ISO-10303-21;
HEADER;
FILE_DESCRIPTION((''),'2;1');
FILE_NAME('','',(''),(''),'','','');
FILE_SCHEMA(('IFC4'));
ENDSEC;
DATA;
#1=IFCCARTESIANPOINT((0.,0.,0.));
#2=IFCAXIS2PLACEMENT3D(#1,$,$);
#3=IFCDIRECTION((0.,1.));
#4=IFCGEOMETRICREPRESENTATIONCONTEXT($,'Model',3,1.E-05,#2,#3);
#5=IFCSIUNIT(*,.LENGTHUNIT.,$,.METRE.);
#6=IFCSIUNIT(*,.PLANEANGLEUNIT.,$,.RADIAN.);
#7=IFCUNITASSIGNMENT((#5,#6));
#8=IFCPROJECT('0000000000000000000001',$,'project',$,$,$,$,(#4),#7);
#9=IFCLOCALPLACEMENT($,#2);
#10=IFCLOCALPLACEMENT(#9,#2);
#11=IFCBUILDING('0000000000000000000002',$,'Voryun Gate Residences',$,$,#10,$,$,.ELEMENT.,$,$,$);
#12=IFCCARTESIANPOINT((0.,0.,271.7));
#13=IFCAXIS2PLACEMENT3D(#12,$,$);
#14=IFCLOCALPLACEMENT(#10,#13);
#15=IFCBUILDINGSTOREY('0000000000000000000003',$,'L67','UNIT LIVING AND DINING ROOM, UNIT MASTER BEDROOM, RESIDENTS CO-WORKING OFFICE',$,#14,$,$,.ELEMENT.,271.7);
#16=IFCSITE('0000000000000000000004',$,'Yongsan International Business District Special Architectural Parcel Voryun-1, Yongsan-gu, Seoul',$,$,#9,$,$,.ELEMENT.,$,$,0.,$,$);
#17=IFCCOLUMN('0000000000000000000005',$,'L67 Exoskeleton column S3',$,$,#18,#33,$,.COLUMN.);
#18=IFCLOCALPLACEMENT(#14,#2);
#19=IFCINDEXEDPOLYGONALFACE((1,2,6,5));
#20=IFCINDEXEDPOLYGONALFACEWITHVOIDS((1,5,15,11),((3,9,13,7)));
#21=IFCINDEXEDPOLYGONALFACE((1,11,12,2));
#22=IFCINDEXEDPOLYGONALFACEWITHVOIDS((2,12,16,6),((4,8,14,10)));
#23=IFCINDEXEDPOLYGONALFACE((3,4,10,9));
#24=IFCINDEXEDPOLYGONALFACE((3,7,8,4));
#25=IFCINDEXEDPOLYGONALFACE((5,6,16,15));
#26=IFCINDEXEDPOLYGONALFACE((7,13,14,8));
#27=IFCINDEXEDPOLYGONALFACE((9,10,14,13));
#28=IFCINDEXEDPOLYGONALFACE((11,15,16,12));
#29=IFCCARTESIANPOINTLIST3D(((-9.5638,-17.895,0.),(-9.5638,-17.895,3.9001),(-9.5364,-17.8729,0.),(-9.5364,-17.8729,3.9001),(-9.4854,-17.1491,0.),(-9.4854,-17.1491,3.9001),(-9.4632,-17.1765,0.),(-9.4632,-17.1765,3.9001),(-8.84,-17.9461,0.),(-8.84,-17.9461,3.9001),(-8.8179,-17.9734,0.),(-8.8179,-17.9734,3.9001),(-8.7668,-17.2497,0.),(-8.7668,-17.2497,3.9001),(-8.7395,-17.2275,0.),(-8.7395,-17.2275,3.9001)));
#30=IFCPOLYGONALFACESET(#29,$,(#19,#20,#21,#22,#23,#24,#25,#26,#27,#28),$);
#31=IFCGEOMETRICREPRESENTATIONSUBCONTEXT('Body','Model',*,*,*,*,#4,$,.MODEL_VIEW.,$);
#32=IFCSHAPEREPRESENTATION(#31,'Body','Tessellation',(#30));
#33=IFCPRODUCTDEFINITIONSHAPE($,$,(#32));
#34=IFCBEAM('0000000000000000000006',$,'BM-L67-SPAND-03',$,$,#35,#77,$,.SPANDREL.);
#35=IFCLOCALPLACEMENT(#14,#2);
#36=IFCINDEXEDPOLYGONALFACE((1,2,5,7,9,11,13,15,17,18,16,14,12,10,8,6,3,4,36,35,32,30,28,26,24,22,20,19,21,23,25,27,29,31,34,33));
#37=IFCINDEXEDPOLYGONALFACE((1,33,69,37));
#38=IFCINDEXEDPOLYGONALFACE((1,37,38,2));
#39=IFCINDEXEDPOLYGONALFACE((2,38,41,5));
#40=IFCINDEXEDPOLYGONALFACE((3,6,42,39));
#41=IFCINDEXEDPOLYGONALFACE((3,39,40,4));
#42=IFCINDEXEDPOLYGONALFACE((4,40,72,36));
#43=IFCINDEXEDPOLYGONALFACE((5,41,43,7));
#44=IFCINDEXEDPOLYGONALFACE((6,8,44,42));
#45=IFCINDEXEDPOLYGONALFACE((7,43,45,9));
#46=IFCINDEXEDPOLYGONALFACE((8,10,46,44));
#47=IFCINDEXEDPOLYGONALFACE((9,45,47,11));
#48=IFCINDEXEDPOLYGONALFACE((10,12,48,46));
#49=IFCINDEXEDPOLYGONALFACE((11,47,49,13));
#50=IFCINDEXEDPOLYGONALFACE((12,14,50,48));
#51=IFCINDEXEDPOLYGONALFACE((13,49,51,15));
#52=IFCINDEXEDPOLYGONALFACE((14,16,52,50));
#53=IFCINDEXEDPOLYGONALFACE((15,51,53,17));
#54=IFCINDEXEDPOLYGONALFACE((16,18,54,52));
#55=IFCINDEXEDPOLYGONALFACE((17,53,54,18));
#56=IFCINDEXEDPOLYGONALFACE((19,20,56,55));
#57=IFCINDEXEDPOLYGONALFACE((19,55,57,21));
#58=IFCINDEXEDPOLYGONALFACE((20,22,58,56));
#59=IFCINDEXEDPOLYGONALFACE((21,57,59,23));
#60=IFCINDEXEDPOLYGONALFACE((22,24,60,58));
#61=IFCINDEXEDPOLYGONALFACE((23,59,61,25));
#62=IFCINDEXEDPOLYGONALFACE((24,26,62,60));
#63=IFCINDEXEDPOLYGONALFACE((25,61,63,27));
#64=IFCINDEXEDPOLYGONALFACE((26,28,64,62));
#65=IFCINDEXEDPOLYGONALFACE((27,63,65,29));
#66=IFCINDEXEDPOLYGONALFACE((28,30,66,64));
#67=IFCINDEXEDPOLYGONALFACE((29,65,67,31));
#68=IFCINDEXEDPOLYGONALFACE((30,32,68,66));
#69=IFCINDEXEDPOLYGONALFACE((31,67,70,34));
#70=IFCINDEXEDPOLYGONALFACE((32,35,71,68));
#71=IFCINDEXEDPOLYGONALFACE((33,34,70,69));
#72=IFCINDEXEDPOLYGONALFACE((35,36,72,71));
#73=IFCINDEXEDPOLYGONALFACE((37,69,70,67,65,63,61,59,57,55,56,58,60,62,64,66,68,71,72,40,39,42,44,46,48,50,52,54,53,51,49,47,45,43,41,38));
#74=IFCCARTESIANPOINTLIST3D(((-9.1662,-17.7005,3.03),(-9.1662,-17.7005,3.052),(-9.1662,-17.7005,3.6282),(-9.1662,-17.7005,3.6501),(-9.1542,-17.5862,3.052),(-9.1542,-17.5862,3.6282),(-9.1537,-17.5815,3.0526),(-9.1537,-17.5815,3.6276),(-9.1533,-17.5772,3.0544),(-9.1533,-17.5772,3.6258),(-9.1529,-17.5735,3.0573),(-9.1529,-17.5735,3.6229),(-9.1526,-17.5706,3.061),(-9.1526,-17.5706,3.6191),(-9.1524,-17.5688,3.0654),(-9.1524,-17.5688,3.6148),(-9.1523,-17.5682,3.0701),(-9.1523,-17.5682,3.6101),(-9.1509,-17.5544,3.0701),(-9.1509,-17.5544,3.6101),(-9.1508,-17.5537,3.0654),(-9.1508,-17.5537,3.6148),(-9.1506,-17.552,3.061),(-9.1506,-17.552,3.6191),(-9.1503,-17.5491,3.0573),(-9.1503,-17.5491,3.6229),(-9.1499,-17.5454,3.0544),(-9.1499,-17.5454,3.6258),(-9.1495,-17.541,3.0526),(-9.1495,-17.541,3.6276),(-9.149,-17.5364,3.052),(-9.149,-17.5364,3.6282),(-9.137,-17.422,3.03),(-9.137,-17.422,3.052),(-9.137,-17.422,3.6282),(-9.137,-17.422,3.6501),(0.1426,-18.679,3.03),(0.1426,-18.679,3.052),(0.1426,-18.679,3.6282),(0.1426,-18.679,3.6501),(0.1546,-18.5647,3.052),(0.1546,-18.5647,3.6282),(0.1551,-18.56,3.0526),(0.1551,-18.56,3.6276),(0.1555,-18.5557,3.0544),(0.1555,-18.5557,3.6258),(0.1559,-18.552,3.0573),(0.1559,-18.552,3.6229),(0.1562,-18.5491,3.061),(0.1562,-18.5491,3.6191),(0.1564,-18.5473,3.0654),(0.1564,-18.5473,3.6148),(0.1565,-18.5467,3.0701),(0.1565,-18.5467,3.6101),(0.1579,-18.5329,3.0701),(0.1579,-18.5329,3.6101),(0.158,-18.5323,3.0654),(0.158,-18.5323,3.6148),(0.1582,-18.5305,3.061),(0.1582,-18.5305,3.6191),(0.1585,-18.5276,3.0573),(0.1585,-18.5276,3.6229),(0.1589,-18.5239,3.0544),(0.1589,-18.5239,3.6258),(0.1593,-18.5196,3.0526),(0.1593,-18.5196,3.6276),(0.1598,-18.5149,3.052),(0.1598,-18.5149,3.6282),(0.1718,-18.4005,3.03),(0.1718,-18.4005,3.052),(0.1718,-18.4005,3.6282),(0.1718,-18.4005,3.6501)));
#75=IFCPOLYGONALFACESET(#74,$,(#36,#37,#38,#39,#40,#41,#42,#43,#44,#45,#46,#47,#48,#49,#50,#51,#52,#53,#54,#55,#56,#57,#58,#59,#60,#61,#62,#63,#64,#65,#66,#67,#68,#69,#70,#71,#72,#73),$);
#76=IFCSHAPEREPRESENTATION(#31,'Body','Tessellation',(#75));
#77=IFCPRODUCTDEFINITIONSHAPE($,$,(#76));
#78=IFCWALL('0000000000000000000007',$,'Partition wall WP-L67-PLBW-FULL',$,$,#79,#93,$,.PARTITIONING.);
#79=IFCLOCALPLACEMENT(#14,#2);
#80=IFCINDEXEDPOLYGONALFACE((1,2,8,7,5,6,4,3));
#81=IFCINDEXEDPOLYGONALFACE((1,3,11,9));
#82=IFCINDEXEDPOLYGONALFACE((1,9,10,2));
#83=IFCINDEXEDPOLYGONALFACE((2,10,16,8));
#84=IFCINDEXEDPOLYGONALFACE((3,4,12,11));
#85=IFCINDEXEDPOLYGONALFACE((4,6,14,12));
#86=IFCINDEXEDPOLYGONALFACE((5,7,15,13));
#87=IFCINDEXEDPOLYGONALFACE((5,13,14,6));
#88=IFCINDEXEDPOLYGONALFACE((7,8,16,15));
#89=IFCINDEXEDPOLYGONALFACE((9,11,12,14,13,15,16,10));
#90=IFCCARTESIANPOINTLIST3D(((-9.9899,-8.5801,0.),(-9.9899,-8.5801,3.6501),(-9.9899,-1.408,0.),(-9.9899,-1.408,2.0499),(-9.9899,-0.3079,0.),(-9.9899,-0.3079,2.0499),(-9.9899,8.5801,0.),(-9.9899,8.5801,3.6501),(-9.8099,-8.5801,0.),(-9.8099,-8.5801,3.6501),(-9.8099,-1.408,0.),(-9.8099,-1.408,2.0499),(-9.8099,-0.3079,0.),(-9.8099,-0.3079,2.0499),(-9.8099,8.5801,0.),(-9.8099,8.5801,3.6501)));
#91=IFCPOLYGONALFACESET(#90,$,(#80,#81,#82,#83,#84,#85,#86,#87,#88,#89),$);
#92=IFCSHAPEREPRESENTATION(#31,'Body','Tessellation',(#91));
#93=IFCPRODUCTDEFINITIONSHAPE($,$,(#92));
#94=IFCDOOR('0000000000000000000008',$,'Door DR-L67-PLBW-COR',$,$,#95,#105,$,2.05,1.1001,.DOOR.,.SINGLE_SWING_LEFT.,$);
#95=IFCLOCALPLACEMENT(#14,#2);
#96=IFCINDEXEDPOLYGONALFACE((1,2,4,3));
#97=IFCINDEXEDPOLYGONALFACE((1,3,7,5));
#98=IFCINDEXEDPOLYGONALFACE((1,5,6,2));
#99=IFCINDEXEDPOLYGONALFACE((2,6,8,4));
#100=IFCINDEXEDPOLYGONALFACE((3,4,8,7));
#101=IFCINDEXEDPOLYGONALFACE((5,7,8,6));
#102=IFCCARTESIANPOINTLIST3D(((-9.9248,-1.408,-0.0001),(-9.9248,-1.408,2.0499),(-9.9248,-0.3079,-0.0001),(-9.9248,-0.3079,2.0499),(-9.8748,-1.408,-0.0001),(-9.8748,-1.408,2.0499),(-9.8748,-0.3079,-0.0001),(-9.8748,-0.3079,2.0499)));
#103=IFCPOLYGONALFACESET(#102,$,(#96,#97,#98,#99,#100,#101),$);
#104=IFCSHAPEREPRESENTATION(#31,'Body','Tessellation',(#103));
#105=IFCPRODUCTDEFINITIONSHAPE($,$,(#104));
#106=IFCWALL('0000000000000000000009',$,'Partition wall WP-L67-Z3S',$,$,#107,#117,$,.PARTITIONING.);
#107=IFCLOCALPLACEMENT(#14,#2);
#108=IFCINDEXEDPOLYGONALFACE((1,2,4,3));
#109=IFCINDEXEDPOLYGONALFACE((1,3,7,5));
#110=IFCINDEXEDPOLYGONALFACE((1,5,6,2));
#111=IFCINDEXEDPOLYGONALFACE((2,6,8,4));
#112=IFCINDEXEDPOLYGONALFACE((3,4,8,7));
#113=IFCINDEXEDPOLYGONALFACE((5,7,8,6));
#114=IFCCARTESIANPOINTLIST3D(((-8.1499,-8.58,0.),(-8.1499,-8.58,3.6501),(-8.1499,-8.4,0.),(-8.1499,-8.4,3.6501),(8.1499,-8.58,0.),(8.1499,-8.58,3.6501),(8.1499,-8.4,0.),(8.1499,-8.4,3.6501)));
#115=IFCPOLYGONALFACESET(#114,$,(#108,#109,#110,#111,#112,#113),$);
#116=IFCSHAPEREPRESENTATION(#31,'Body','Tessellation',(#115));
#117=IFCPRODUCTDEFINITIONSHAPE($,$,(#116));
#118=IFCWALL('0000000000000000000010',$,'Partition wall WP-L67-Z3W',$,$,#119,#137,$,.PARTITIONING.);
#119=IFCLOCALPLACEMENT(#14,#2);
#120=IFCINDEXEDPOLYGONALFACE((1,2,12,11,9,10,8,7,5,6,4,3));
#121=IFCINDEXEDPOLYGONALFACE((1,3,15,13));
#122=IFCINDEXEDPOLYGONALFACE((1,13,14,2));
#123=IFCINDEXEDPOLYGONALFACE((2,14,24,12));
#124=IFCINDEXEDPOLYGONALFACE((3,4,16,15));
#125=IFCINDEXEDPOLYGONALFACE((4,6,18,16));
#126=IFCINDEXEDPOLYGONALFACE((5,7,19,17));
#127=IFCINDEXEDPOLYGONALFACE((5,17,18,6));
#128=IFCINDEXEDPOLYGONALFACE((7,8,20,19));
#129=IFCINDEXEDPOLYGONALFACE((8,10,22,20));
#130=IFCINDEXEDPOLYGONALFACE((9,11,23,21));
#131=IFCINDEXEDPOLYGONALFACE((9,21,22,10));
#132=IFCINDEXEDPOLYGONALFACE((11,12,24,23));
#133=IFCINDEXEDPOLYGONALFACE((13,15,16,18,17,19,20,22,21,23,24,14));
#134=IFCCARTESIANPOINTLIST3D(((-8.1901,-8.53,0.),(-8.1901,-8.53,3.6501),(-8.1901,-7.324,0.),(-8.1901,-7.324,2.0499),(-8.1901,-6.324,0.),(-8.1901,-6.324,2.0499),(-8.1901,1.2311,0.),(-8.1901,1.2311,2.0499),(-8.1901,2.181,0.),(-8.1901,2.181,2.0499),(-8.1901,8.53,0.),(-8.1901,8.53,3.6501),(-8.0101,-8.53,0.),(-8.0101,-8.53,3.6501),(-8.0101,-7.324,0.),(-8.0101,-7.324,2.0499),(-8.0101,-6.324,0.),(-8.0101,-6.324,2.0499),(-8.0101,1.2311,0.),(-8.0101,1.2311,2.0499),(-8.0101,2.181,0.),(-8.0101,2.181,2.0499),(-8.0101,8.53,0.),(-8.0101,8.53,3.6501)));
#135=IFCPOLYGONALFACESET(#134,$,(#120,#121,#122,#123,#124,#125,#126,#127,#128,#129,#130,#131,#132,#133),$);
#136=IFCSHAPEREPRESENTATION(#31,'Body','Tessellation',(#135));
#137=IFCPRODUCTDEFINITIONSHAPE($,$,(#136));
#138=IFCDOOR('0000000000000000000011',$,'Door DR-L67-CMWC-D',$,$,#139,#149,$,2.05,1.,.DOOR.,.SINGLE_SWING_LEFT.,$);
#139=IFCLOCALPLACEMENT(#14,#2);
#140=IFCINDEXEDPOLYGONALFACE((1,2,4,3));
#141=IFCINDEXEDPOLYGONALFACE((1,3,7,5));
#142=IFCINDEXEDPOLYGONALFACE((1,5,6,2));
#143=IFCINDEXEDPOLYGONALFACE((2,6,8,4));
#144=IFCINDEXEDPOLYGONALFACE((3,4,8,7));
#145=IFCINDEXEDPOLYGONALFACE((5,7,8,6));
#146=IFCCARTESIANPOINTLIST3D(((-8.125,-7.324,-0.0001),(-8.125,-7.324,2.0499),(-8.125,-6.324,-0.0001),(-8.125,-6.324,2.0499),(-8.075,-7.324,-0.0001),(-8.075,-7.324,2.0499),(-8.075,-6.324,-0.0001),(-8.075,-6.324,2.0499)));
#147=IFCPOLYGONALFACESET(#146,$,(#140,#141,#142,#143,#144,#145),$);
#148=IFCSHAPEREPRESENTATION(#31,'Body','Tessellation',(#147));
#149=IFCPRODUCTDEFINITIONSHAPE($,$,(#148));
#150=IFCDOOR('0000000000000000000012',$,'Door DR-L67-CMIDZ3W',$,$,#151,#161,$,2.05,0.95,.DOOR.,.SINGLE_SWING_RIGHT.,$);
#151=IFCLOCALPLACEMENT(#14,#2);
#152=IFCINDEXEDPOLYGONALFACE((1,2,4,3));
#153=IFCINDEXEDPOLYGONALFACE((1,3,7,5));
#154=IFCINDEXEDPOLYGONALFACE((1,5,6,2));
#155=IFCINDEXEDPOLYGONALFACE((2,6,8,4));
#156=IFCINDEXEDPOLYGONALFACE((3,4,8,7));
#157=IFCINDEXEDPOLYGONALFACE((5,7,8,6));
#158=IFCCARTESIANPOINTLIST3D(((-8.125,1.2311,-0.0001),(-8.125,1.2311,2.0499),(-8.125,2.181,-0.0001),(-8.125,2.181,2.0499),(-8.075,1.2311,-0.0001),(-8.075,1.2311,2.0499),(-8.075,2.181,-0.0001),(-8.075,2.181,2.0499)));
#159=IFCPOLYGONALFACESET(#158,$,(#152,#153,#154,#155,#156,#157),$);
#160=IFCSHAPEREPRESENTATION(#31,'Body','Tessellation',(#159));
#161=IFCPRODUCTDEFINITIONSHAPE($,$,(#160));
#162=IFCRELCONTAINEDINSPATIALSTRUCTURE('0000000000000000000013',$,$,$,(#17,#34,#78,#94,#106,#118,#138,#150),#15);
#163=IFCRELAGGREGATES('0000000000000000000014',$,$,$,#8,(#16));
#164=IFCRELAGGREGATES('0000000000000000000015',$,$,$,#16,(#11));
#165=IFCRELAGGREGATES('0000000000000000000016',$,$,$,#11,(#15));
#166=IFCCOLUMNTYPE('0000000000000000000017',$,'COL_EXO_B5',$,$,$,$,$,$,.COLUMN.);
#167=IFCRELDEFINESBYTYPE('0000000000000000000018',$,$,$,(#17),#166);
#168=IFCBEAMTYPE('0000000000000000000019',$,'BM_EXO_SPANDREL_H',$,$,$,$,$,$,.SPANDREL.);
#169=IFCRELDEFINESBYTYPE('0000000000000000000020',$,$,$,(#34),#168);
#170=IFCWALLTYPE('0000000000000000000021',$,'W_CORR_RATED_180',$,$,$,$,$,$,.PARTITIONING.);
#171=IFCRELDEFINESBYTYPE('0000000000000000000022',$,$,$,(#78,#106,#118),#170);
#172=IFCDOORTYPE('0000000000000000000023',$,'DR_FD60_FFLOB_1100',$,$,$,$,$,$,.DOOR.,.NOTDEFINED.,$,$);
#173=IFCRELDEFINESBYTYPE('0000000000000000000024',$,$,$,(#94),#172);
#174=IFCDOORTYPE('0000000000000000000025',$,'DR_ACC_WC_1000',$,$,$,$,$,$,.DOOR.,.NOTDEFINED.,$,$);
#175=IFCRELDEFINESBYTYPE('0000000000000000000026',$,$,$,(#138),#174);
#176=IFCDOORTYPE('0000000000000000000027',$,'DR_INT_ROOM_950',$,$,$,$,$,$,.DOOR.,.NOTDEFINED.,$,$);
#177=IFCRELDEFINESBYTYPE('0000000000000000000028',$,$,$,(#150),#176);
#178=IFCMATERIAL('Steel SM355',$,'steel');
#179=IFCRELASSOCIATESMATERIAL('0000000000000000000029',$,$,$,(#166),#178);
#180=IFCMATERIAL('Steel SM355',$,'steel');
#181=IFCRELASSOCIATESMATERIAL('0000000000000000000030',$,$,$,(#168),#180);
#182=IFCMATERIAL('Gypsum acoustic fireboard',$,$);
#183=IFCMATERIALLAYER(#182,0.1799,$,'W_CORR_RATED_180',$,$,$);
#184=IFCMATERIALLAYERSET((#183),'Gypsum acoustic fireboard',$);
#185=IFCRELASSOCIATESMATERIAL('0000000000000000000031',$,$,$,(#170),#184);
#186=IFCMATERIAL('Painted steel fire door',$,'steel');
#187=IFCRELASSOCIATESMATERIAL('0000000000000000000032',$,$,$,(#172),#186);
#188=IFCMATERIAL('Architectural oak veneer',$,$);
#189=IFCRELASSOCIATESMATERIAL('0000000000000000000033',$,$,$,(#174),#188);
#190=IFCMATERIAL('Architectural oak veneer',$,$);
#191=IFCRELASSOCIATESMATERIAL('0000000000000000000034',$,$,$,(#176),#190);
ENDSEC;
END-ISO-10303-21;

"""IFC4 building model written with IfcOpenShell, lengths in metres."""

from ifc_helpers import new_model, si_unit, direction, frame, frame_2d, origin, origin_2d, place, context, subcontext, project, spatial, rectangle, hollow_rectangle, i_section, extrude, material, layer, layer_set, material_profile, profile_set, type_object, element, fill, save


model = new_model("IFC4")

# Units and contexts
model_context = context("Model", 3, precision=1e-05, world=origin(), true_north=direction((0.0, 1.0)))
body_context = subcontext(model_context, "Body", "Model", "MODEL_VIEW")
ifc_project = project(units=[si_unit("LENGTHUNIT", "METRE"), si_unit("PLANEANGLEUNIT", "RADIAN")], contexts=[model_context])

# Site, building, storey
site_placement = place(None, origin())
site = spatial("IfcSite", under=ifc_project, at=site_placement, Name="Yongsan International Business District Special Architectural Parcel Voryun-1, Yongsan-gu, Seoul", CompositionType="ELEMENT", RefElevation=0.0)
building_placement = place(site_placement, origin())
building = spatial("IfcBuilding", under=site, at=building_placement, Name="Voryun Gate Residences", CompositionType="ELEMENT")
storey_placement = place(building_placement, frame((0.0, 0.0, 271.7)))
storey = spatial("IfcBuildingStorey", under=building, at=storey_placement, Name="L67", Description="UNIT LIVING AND DINING ROOM, UNIT MASTER BEDROOM, RESIDENTS CO-WORKING OFFICE", CompositionType="ELEMENT", Elevation=271.7)

# Column
ifc_material_1 = material(Name="Steel SM355", Category="steel")
ifc_material_profile_1 = material_profile(ifc_material_1, hollow_rectangle(XDim=0.75, YDim=0.75, WallThickness=0.0249, at=origin_2d()), Name="BOX-750x750x25")
ifc_profile_set_1 = profile_set([ifc_material_profile_1], Name="Steel SM355")
column_type = type_object("IfcColumnType", Name="COL_EXO_B5", PredefinedType="COLUMN", material=ifc_profile_set_1)
column_placement = place(storey_placement, frame((-9.1516, -17.5613, 0.0), z_axis=(0.0, 0.0, 1.0), x_axis=(0.994522, -0.104528, 0.0)))
element("IfcColumn", 1, at=column_placement, inside=storey, type_object=column_type, Name="L67 Exoskeleton column S3", PredefinedType="COLUMN", context=body_context, shape_type="SweptSolid", body=[
    extrude(hollow_rectangle(XDim=0.75, YDim=0.75, WallThickness=0.0249, at=origin_2d()), origin(), (0.0, 0.0, 1.0), 3.9001),
])

# Beam
ifc_material_2 = material(Name="Steel SM355", Category="steel")
ifc_material_profile_2 = material_profile(ifc_material_2, i_section(OverallWidth=0.28, OverallDepth=0.6201, WebThickness=0.0139, FlangeThickness=0.022, FilletRadius=0.0181, at=origin_2d()), Name="H-620x280x14x22")
ifc_profile_set_2 = profile_set([ifc_material_profile_2], Name="Steel SM355")
beam_type = type_object("IfcBeamType", Name="BM_EXO_SPANDREL_H", PredefinedType="SPANDREL", material=ifc_profile_set_2)
beam_placement = place(storey_placement, frame((-9.1516, -17.5613, 3.3401), z_axis=(0.994521, -0.104541, 0.0), x_axis=(0.104541, 0.994521, 0.0)))
element("IfcBeam", 2, at=beam_placement, inside=storey, type_object=beam_type, Name="BM-L67-SPAND-03", PredefinedType="SPANDREL", context=body_context, shape_type="SweptSolid", body=[
    extrude(i_section(OverallWidth=0.28, OverallDepth=0.6201, WebThickness=0.0139, FlangeThickness=0.022, FilletRadius=0.0181, at=origin_2d()), origin(), (0.0, 0.0, 1.0), 9.3601),
])

# Wall, opening, door
ifc_material_3 = material(Name="Gypsum acoustic fireboard")
ifc_layer_1 = layer(ifc_material_3, 0.1799, Name="W_CORR_RATED_180")
ifc_layer_set_1 = layer_set([ifc_layer_1], Name="Gypsum acoustic fireboard")
wall_type_1 = type_object("IfcWallType", Name="W_CORR_RATED_180", PredefinedType="PARTITIONING", material=ifc_layer_set_1)
wall_1_placement = place(storey_placement, frame((-9.8999, -8.5801, 0.0), z_axis=(0.0, 0.0, 1.0), x_axis=(0.0, 1.0, 0.0)))
wall_1 = element("IfcWall", 3, at=wall_1_placement, inside=storey, type_object=wall_type_1, Name="Partition wall WP-L67-PLBW-FULL", PredefinedType="PARTITIONING", context=body_context, shape_type="SweptSolid", body=[
    extrude(rectangle(XDim=17.1602, YDim=0.1799, at=frame_2d((8.5801, 0.0))), origin(), (0.0, 0.0, 1.0), 3.6501),
])
opening_1_placement = place(wall_1_placement, frame((7.1721, 0.0, 0.0)))
opening_1 = element("IfcOpeningElement", 4, at=opening_1_placement, cuts=wall_1, PredefinedType="OPENING", context=body_context, shape_type="SweptSolid", body=[
    extrude(rectangle(XDim=1.1001, YDim=2.05, at=frame_2d((0.55, 1.0249))), frame((0.0, 0.0999, 0.0), z_axis=(0.0, -1.0, 0.0), x_axis=(1.0, 0.0, 0.0)), (0.0, 0.0, 1.0), 0.2),
])
ifc_material_4 = material(Name="Painted steel fire door", Category="steel")
door_type_1 = type_object("IfcDoorType", Name="DR_FD60_FFLOB_1100", OperationType="NOTDEFINED", PredefinedType="DOOR", material=ifc_material_4)
door_1_placement = place(opening_1_placement, origin())
door_1 = element("IfcDoor", 5, at=door_1_placement, inside=storey, type_object=door_type_1, Name="Door DR-L67-PLBW-COR", OperationType="SINGLE_SWING_LEFT", OverallHeight=2.05, OverallWidth=1.1001, PredefinedType="DOOR", context=body_context, shape_type="SweptSolid", body=[
    extrude(rectangle(XDim=1.1001, YDim=2.05, at=frame_2d((0.55, 1.0249))), frame((0.0, 0.0249, 0.0), z_axis=(0.0, -1.0, 0.0), x_axis=(1.0, 0.0, 0.0)), (0.0, 0.0, 1.0), 0.05),
])
fill(opening_1, door_1)

# Wall
wall_2_placement = place(storey_placement, frame((-8.1499, -8.49, 0.0), z_axis=(0.0, 0.0, 1.0), x_axis=(1.0, 0.0, 0.0)))
element("IfcWall", 6, at=wall_2_placement, inside=storey, type_object=wall_type_1, Name="Partition wall WP-L67-Z3S", PredefinedType="PARTITIONING", context=body_context, shape_type="SweptSolid", body=[
    extrude(rectangle(XDim=16.2998, YDim=0.1799, at=frame_2d((8.1499, 0.0))), origin(), (0.0, 0.0, 1.0), 3.6501),
])

# Wall, openings, doors
wall_3_placement = place(storey_placement, frame((-8.1001, -8.53, 0.0), z_axis=(0.0, 0.0, 1.0), x_axis=(0.0, 1.0, 0.0)))
wall_3 = element("IfcWall", 7, at=wall_3_placement, inside=storey, type_object=wall_type_1, Name="Partition wall WP-L67-Z3W", PredefinedType="PARTITIONING", context=body_context, shape_type="SweptSolid", body=[
    extrude(rectangle(XDim=17.0601, YDim=0.1799, at=frame_2d((8.53, 0.0))), origin(), (0.0, 0.0, 1.0), 3.6501),
])
opening_2_placement = place(wall_3_placement, frame((1.2061, 0.0, 0.0)))
opening_2 = element("IfcOpeningElement", 8, at=opening_2_placement, cuts=wall_3, PredefinedType="OPENING", context=body_context, shape_type="SweptSolid", body=[
    extrude(rectangle(XDim=1.0, YDim=2.05, at=frame_2d((0.5, 1.0249))), frame((0.0, 0.0999, 0.0), z_axis=(0.0, -1.0, 0.0), x_axis=(1.0, 0.0, 0.0)), (0.0, 0.0, 1.0), 0.2),
])
opening_3_placement = place(wall_3_placement, frame((9.761, 0.0, 0.0)))
opening_3 = element("IfcOpeningElement", 9, at=opening_3_placement, cuts=wall_3, PredefinedType="OPENING", context=body_context, shape_type="SweptSolid", body=[
    extrude(rectangle(XDim=0.95, YDim=2.05, at=frame_2d((0.4751, 1.0249))), frame((0.0, 0.0999, 0.0), z_axis=(0.0, -1.0, 0.0), x_axis=(1.0, 0.0, 0.0)), (0.0, 0.0, 1.0), 0.2),
])
ifc_material_5 = material(Name="Architectural oak veneer")
door_type_2 = type_object("IfcDoorType", Name="DR_ACC_WC_1000", OperationType="NOTDEFINED", PredefinedType="DOOR", material=ifc_material_5)
door_2_placement = place(opening_2_placement, origin())
door_2 = element("IfcDoor", 10, at=door_2_placement, inside=storey, type_object=door_type_2, Name="Door DR-L67-CMWC-D", OperationType="SINGLE_SWING_LEFT", OverallHeight=2.05, OverallWidth=1.0, PredefinedType="DOOR", context=body_context, shape_type="SweptSolid", body=[
    extrude(rectangle(XDim=1.0, YDim=2.05, at=frame_2d((0.5, 1.0249))), frame((0.0, 0.0249, 0.0), z_axis=(0.0, -1.0, 0.0), x_axis=(1.0, 0.0, 0.0)), (0.0, 0.0, 1.0), 0.05),
])
fill(opening_2, door_2)
ifc_material_6 = material(Name="Architectural oak veneer")
door_type_3 = type_object("IfcDoorType", Name="DR_INT_ROOM_950", OperationType="NOTDEFINED", PredefinedType="DOOR", material=ifc_material_6)
door_3_placement = place(opening_3_placement, origin())
door_3 = element("IfcDoor", 11, at=door_3_placement, inside=storey, type_object=door_type_3, Name="Door DR-L67-CMIDZ3W", OperationType="SINGLE_SWING_RIGHT", OverallHeight=2.05, OverallWidth=0.95, PredefinedType="DOOR", context=body_context, shape_type="SweptSolid", body=[
    extrude(rectangle(XDim=0.95, YDim=2.05, at=frame_2d((0.4751, 1.0249))), frame((0.0, 0.0249, 0.0), z_axis=(0.0, -1.0, 0.0), x_axis=(1.0, 0.0, 0.0)), (0.0, 0.0, 1.0), 0.05),
])
fill(opening_3, door_3)

save(model, "model.ifc")
